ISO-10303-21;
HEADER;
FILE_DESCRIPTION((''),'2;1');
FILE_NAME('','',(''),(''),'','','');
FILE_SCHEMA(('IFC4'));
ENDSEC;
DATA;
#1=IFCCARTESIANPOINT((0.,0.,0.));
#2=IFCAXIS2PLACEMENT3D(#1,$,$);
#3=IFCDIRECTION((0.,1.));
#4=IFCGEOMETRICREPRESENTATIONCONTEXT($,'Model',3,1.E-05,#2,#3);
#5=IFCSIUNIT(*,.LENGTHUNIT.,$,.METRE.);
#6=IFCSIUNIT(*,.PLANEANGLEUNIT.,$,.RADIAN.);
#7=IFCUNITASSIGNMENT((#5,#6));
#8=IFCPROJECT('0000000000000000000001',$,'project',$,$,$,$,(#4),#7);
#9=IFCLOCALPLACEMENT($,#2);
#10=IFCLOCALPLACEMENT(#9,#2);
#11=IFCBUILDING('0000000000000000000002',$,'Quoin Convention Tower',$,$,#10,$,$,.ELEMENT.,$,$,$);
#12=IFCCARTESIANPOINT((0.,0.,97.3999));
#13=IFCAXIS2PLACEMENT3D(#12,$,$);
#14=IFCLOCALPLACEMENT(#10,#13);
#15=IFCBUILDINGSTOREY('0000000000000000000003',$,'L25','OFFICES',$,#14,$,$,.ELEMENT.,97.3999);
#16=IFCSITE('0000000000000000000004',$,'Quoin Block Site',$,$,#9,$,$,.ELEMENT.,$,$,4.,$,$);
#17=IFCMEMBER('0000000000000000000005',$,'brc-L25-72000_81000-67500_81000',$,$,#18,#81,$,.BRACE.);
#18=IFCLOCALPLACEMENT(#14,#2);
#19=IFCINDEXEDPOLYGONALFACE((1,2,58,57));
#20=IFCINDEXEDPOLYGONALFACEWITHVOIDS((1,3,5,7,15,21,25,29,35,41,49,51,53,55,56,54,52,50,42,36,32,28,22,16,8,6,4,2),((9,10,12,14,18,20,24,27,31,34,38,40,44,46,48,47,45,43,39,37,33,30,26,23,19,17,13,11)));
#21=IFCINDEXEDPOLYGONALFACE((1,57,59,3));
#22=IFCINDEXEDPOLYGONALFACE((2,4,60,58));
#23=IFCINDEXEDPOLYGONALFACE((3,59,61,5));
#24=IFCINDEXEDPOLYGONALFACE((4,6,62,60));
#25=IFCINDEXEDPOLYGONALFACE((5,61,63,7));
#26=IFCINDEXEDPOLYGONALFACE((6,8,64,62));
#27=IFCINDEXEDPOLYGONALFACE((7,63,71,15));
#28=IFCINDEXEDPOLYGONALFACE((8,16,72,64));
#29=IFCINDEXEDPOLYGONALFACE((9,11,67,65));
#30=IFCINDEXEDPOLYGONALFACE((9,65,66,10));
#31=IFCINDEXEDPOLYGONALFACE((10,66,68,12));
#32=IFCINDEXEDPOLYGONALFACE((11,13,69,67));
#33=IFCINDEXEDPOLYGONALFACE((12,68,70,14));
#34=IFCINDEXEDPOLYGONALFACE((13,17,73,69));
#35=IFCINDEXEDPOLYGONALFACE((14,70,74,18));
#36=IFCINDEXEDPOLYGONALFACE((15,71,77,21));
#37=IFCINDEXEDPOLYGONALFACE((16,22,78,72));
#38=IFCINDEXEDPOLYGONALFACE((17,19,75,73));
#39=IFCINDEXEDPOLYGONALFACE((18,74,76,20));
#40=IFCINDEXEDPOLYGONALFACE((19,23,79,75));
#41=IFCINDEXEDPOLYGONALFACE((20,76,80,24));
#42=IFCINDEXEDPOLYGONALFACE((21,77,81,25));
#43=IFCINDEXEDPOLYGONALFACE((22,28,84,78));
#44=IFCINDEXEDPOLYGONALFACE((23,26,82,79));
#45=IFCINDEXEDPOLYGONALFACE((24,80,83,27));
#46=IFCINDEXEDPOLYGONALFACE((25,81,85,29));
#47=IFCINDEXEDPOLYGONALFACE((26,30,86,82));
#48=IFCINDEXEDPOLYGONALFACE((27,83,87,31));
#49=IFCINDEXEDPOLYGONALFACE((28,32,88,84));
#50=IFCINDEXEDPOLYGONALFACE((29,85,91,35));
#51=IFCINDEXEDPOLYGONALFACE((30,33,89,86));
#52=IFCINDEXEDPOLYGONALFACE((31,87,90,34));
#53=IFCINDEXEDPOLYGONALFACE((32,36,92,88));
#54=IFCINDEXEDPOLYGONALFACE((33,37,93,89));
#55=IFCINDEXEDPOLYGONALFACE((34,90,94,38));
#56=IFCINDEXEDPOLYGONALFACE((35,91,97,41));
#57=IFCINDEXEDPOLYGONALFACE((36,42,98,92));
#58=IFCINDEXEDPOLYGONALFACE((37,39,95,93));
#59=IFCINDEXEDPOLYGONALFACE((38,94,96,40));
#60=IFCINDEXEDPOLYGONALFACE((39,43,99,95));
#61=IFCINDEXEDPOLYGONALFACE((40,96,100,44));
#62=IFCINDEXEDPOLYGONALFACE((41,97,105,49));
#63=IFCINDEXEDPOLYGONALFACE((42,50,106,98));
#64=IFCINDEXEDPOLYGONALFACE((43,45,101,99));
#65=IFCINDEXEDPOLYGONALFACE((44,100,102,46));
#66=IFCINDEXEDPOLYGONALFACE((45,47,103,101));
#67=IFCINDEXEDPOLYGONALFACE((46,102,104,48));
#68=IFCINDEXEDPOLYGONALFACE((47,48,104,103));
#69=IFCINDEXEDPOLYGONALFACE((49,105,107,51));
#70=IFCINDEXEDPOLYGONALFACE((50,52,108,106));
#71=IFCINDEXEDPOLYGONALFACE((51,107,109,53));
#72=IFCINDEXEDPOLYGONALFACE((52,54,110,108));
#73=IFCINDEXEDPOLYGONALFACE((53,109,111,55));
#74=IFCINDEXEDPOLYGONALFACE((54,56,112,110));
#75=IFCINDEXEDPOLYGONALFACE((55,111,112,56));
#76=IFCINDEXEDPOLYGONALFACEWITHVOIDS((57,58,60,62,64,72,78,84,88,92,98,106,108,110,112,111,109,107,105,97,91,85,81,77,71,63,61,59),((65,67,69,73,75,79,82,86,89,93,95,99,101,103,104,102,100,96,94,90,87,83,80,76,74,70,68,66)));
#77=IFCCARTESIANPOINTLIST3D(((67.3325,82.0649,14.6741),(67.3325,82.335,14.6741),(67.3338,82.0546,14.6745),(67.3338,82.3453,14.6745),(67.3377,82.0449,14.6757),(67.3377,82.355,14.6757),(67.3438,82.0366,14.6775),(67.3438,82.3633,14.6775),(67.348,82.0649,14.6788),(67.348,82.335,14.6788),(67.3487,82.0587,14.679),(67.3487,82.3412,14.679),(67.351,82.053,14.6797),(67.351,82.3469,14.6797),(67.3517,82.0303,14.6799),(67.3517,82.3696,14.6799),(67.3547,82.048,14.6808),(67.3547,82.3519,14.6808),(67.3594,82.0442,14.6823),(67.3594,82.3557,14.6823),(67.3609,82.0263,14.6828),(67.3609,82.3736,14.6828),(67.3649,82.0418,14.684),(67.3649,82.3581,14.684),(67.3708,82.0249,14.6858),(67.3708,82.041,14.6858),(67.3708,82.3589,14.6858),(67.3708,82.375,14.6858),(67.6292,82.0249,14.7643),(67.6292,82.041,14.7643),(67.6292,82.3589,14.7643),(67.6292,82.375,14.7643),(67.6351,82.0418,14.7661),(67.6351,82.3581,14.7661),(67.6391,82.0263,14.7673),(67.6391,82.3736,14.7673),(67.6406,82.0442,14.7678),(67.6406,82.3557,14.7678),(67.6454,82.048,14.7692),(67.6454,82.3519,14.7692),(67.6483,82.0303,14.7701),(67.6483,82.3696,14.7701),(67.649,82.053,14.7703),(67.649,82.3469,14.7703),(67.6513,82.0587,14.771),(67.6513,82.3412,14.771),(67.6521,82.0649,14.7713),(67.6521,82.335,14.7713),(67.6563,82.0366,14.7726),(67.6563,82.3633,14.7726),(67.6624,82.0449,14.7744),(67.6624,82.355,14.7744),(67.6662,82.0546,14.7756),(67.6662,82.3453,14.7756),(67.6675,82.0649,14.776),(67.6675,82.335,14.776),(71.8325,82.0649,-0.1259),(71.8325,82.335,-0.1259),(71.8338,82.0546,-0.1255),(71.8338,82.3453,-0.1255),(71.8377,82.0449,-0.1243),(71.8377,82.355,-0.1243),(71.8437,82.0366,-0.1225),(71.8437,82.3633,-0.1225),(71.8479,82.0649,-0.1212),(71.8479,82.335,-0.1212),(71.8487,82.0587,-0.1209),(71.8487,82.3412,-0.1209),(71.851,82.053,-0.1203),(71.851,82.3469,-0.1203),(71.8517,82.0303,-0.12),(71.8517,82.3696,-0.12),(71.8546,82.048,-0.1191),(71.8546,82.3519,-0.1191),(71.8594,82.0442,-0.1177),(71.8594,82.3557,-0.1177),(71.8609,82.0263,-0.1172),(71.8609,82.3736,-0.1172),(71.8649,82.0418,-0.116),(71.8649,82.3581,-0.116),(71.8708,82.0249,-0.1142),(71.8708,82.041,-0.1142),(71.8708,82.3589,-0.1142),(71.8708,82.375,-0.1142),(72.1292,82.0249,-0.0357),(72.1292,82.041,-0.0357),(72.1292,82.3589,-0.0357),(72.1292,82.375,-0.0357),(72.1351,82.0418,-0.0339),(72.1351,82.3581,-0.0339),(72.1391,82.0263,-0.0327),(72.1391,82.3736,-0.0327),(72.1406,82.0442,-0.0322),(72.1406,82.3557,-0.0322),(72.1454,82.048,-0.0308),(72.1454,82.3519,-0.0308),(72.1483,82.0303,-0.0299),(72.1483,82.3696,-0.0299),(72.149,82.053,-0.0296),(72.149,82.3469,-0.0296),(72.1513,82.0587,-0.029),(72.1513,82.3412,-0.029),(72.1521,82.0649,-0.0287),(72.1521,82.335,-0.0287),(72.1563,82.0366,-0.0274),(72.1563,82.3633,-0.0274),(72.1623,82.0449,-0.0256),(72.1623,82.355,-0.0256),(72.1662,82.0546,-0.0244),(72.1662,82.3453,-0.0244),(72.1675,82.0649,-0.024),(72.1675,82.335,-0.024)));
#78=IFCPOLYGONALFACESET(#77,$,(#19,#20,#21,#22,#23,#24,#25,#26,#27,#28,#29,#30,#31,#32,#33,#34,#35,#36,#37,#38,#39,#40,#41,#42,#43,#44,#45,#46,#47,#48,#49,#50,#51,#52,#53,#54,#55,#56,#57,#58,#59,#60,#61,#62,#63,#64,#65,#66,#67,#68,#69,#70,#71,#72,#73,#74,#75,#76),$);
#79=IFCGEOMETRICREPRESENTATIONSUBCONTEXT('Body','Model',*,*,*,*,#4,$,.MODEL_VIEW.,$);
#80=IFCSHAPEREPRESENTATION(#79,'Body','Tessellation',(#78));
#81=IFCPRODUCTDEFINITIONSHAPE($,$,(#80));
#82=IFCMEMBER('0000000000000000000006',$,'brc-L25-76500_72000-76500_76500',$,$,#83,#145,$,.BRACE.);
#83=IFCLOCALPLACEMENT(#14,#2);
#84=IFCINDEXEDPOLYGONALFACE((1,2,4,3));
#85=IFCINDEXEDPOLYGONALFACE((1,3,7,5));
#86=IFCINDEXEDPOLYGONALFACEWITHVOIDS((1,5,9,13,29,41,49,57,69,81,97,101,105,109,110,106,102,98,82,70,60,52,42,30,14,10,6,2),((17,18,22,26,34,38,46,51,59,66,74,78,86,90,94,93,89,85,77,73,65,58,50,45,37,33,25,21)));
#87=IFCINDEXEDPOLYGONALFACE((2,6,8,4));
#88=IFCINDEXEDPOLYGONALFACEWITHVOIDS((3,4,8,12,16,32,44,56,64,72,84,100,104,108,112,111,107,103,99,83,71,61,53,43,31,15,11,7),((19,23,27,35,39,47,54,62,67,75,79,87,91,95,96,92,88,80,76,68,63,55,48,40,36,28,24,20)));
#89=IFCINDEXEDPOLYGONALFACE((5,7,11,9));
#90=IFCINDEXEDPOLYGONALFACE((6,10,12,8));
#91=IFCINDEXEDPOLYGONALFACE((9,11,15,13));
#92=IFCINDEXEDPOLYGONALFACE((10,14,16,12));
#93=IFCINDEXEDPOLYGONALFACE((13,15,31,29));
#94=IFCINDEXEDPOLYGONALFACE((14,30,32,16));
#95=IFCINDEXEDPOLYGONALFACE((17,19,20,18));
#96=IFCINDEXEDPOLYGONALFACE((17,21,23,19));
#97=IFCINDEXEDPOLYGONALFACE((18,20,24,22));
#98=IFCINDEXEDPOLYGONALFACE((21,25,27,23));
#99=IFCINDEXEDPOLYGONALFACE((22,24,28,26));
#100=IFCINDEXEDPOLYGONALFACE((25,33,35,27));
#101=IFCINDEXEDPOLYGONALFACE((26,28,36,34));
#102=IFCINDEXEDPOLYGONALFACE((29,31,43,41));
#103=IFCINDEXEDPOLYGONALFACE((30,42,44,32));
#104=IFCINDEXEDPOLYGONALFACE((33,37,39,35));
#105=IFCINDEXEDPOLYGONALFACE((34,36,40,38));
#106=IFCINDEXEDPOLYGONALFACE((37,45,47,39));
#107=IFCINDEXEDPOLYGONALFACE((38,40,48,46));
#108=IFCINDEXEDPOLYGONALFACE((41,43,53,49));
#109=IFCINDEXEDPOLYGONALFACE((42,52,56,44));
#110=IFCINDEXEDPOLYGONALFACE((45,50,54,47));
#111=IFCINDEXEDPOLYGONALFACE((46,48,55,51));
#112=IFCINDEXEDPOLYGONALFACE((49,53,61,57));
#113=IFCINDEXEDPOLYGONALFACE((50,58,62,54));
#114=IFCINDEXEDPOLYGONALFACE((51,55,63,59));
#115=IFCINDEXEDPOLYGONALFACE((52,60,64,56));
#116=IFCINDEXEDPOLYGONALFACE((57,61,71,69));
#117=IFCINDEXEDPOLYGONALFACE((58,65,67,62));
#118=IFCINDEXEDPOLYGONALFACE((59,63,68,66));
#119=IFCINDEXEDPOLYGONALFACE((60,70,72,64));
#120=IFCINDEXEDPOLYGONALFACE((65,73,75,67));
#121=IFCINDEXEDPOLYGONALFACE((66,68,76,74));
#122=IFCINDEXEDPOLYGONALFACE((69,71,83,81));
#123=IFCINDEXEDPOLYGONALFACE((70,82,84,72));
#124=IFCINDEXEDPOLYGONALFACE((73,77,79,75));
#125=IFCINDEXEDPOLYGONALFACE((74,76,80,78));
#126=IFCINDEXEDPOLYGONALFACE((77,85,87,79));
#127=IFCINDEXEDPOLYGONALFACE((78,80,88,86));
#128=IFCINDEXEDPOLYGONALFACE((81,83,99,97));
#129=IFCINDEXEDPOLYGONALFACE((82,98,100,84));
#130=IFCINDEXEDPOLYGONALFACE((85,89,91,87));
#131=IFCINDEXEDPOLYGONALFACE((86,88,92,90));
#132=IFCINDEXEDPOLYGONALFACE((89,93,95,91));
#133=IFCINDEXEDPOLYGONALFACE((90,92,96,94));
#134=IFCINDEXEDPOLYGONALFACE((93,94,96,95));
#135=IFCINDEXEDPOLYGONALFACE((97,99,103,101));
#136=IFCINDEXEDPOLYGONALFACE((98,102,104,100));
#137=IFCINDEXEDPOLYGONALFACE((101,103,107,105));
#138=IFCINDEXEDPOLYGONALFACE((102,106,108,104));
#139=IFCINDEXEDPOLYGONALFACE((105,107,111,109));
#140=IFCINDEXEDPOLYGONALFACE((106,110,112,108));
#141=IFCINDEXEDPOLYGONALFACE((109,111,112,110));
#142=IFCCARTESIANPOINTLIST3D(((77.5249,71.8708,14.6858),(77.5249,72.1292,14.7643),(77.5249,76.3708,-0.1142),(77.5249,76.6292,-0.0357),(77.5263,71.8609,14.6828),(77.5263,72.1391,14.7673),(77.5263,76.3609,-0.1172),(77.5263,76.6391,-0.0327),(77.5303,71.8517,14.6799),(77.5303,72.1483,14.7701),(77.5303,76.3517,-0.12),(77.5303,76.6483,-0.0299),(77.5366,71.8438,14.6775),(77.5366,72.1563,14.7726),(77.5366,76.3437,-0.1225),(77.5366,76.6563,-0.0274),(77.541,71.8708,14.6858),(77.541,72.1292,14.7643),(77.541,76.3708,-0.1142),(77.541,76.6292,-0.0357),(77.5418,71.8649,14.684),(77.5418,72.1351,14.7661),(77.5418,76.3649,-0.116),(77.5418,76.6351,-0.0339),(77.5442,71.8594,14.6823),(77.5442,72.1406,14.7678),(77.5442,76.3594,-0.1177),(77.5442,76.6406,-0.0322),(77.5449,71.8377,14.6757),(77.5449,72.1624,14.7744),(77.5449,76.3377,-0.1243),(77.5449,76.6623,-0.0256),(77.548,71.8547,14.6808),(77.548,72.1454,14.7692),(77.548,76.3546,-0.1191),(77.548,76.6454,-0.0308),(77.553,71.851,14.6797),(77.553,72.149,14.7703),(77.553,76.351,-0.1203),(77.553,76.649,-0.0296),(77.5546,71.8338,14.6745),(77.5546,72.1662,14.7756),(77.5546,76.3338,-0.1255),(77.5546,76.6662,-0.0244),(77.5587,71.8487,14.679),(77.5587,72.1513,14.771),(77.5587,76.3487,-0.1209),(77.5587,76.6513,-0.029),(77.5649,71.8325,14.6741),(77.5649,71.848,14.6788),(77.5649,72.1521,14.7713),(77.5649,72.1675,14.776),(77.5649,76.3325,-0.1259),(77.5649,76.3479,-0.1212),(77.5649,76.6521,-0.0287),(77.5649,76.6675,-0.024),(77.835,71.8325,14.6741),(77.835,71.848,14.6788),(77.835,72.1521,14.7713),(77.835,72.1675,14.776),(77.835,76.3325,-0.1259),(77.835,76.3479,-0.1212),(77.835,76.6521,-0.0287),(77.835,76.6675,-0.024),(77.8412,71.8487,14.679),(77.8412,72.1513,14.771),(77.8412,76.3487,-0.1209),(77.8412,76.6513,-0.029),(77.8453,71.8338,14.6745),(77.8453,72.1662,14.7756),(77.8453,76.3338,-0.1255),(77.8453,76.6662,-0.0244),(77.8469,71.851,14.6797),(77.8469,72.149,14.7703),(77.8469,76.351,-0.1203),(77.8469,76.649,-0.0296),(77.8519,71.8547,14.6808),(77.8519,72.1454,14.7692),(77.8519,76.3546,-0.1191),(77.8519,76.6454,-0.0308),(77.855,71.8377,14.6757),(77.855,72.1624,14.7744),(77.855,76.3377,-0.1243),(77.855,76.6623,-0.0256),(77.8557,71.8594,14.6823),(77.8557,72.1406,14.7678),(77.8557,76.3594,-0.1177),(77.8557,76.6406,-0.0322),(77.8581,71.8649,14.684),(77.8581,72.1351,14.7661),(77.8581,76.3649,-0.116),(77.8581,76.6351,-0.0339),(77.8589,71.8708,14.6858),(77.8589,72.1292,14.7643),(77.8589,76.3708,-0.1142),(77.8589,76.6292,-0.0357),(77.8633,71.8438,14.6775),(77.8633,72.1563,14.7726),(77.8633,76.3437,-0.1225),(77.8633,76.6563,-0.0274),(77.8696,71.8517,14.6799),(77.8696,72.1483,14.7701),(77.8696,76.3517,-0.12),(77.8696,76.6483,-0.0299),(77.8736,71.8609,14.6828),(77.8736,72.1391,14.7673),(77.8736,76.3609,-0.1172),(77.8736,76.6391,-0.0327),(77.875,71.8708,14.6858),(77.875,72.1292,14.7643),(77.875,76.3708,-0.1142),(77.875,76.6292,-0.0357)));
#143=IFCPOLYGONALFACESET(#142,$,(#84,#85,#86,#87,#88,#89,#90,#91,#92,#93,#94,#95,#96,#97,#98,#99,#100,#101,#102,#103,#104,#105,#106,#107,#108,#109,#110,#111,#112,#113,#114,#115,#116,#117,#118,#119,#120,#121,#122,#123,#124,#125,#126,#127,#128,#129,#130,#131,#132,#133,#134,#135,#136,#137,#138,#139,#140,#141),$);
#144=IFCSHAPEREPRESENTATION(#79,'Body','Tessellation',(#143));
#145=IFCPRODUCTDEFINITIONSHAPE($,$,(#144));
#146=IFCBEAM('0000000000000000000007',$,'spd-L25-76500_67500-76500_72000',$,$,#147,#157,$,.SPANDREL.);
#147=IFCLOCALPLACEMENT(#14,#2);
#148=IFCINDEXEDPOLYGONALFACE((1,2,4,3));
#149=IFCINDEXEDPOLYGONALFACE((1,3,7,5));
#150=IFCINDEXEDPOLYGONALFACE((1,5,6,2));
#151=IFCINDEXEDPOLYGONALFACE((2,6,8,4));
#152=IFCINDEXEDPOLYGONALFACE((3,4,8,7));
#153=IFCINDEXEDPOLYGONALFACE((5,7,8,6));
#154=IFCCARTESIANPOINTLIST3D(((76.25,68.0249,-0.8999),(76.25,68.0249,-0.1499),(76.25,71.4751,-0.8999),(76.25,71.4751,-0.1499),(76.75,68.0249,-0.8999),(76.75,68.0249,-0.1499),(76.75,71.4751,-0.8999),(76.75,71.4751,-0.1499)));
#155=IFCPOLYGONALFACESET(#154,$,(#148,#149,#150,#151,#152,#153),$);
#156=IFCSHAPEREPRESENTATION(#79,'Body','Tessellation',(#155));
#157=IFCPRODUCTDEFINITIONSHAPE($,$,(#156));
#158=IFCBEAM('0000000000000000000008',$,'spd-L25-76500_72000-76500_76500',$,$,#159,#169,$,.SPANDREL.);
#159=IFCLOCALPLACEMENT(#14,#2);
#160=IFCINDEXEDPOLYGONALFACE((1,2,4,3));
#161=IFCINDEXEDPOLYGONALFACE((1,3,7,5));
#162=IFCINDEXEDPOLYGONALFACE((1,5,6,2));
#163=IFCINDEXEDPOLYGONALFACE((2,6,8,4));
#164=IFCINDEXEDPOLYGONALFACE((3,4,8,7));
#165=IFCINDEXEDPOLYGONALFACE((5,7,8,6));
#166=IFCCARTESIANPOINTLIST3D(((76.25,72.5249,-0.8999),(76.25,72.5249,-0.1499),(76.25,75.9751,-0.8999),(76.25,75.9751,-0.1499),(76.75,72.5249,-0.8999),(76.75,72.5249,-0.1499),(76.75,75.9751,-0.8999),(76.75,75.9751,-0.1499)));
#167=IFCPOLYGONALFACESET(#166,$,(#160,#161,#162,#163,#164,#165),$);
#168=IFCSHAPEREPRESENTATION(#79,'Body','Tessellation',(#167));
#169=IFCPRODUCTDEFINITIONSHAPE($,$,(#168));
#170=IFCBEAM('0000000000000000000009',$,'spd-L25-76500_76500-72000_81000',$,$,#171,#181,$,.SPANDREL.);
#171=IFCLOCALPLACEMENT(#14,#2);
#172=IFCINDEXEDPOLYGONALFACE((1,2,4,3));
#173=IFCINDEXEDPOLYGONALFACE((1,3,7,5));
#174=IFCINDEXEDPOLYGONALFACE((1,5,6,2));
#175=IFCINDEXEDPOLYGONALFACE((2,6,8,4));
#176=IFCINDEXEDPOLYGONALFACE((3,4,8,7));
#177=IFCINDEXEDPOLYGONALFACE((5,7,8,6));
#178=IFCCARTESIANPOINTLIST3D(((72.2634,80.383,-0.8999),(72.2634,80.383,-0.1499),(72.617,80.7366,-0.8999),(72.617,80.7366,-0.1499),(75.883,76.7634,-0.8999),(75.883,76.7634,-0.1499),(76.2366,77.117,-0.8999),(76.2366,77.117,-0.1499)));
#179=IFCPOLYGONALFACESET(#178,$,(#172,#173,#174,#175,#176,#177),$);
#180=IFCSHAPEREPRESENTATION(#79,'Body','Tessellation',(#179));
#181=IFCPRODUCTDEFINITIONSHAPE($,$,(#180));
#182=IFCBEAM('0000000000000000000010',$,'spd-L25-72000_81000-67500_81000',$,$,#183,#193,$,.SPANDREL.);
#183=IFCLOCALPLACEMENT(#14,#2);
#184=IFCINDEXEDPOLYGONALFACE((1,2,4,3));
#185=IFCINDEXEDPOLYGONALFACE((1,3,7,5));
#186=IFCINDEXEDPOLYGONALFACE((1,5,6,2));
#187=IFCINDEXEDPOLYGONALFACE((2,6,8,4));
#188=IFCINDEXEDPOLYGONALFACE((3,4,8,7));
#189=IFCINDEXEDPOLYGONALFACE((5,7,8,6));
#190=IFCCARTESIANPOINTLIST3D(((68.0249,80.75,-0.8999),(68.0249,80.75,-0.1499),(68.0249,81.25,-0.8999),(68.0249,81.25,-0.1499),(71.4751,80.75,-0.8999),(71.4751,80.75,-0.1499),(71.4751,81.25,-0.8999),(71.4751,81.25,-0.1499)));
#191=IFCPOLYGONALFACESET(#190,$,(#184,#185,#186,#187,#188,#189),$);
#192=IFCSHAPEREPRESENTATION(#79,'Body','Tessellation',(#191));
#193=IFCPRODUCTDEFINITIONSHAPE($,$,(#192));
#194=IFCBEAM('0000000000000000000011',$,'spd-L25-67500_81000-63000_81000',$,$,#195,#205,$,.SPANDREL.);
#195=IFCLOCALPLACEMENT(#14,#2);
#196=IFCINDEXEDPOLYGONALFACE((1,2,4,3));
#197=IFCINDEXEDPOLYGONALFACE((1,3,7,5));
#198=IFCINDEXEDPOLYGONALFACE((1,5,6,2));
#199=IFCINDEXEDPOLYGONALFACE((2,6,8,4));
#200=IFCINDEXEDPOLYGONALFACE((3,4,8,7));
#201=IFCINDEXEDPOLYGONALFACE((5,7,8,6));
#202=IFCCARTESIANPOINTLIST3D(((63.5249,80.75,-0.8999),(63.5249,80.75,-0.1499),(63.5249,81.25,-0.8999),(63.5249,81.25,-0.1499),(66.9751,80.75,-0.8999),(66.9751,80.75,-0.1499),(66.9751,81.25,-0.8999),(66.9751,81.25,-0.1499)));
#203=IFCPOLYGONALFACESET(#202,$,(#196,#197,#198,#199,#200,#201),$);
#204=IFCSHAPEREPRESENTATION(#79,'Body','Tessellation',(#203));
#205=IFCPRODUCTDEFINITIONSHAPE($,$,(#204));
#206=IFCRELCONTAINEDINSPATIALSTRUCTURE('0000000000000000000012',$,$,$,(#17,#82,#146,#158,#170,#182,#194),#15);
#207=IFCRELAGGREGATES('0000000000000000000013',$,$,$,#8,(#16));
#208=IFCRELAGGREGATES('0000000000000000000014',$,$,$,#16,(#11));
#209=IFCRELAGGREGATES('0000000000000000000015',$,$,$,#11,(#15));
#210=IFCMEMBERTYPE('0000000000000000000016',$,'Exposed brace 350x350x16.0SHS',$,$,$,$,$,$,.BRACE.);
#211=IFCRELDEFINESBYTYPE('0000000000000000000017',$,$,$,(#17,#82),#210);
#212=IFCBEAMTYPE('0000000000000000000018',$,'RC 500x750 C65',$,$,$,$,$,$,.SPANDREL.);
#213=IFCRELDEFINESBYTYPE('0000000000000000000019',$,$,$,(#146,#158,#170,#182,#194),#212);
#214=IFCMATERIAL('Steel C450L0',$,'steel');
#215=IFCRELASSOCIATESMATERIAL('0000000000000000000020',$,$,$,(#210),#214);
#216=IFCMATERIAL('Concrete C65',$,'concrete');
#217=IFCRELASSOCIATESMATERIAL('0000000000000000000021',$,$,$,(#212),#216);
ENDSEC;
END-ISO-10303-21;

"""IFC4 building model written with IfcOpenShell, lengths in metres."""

from ifc_helpers import new_model, si_unit, direction, frame, origin, origin_2d, place, context, subcontext, project, spatial, rectangle, hollow_rectangle, extrude, material, material_profile, profile_set, type_object, element, save


model = new_model("IFC4")

# Units and contexts
model_context = context("Model", 3, precision=1e-05, world=origin(), true_north=direction((0.0, 1.0)))
body_context = subcontext(model_context, "Body", "Model", "MODEL_VIEW")
ifc_project = project(units=[si_unit("LENGTHUNIT", "METRE"), si_unit("PLANEANGLEUNIT", "RADIAN")], contexts=[model_context])

# Site, building, storey
site_placement = place(None, origin())
site = spatial("IfcSite", under=ifc_project, at=site_placement, Name="Quoin Block Site", CompositionType="ELEMENT", RefElevation=4.0)
building_placement = place(site_placement, origin())
building = spatial("IfcBuilding", under=site, at=building_placement, Name="Quoin Convention Tower", CompositionType="ELEMENT")
storey_placement = place(building_placement, frame((0.0, 0.0, 97.3999)))
storey = spatial("IfcBuildingStorey", under=building, at=storey_placement, Name="L25", Description="OFFICES", CompositionType="ELEMENT", Elevation=97.3999)

# Shared definitions
ifc_material_1 = material(Name="Concrete C65", Category="concrete")

# Members
ifc_material_2 = material(Name="Steel C450L0", Category="steel")
ifc_material_profile_1 = material_profile(ifc_material_2, hollow_rectangle(XDim=0.3501, YDim=0.3501, WallThickness=0.0161, InnerFilletRadius=0.0239, OuterFilletRadius=0.04, at=origin_2d()), Name="350x350x16.0SHS")
ifc_profile_set_1 = profile_set([ifc_material_profile_1], Name="Steel C450L0")
member_type = type_object("IfcMemberType", Name="Exposed brace 350x350x16.0SHS", PredefinedType="BRACE", material=ifc_profile_set_1)
for number, where, z_axis, x_axis, name in (
    (1, (72.0, 82.2, -0.075), (-0.290903, 0.0, 0.956752), (0.0, -1.0, 0.0), "brc-L25-72000_81000-67500_81000"),
    (2, (77.7, 76.5, -0.075), (0.0, -0.290903, 0.956752), (1.0, 0.0, 0.0), "brc-L25-76500_72000-76500_76500"),
):
    element("IfcMember", number, at=place(storey_placement, frame(where, z_axis=z_axis, x_axis=x_axis)), inside=storey, type_object=member_type, Name=name, PredefinedType="BRACE", context=body_context, shape_type="SweptSolid", body=[
        extrude(hollow_rectangle(XDim=0.3501, YDim=0.3501, WallThickness=0.0161, InnerFilletRadius=0.0239, OuterFilletRadius=0.04, at=origin_2d()), origin(), (0.0, 0.0, 1.0), 15.469),
    ])

# Beams
ifc_material_profile_2 = material_profile(ifc_material_1, rectangle(XDim=0.5, YDim=0.75, at=origin_2d()), Name="RC 500x750")
ifc_profile_set_2 = profile_set([ifc_material_profile_2], Name="Concrete C65")
beam_type_1 = type_object("IfcBeamType", Name="RC 500x750 C65", PredefinedType="SPANDREL", material=ifc_profile_set_2)
for number, where, z_axis, x_axis, name in (
    (3, (76.5, 68.0249, -0.5249), (0.0, 1.0, 0.0), (-1.0, 0.0, 0.0), "spd-L25-76500_67500-76500_72000"),
    (4, (76.5, 72.5249, -0.5249), (0.0, 1.0, 0.0), (-1.0, 0.0, 0.0), "spd-L25-76500_72000-76500_76500"),
):
    element("IfcBeam", number, at=place(storey_placement, frame(where, z_axis=z_axis, x_axis=x_axis)), inside=storey, type_object=beam_type_1, Name=name, PredefinedType="SPANDREL", context=body_context, shape_type="SweptSolid", body=[
        extrude(rectangle(XDim=0.5, YDim=0.75, at=origin_2d()), origin(), (0.0, 0.0, 1.0), 3.4502),
    ])
beam_1_placement = place(storey_placement, frame((76.0598, 76.9402, -0.5249), z_axis=(-0.707107, 0.707107, 0.0), x_axis=(-0.707107, -0.707107, 0.0)))
element("IfcBeam", 5, at=beam_1_placement, inside=storey, type_object=beam_type_1, Name="spd-L25-76500_76500-72000_81000", PredefinedType="SPANDREL", context=body_context, shape_type="SweptSolid", body=[
    extrude(rectangle(XDim=0.5, YDim=0.75, at=origin_2d()), origin(), (0.0, 0.0, 1.0), 5.1189),
])
for number, where, z_axis, x_axis, name in (
    (6, (71.4751, 81.0, -0.5249), (-1.0, 0.0, 0.0), (0.0, -1.0, 0.0), "spd-L25-72000_81000-67500_81000"),
    (7, (66.9751, 81.0, -0.5249), (-1.0, 0.0, 0.0), (0.0, -1.0, 0.0), "spd-L25-67500_81000-63000_81000"),
):
    element("IfcBeam", number, at=place(storey_placement, frame(where, z_axis=z_axis, x_axis=x_axis)), inside=storey, type_object=beam_type_1, Name=name, PredefinedType="SPANDREL", context=body_context, shape_type="SweptSolid", body=[
        extrude(rectangle(XDim=0.5, YDim=0.75, at=origin_2d()), origin(), (0.0, 0.0, 1.0), 3.4502),
    ])

save(model, "model.ifc")
